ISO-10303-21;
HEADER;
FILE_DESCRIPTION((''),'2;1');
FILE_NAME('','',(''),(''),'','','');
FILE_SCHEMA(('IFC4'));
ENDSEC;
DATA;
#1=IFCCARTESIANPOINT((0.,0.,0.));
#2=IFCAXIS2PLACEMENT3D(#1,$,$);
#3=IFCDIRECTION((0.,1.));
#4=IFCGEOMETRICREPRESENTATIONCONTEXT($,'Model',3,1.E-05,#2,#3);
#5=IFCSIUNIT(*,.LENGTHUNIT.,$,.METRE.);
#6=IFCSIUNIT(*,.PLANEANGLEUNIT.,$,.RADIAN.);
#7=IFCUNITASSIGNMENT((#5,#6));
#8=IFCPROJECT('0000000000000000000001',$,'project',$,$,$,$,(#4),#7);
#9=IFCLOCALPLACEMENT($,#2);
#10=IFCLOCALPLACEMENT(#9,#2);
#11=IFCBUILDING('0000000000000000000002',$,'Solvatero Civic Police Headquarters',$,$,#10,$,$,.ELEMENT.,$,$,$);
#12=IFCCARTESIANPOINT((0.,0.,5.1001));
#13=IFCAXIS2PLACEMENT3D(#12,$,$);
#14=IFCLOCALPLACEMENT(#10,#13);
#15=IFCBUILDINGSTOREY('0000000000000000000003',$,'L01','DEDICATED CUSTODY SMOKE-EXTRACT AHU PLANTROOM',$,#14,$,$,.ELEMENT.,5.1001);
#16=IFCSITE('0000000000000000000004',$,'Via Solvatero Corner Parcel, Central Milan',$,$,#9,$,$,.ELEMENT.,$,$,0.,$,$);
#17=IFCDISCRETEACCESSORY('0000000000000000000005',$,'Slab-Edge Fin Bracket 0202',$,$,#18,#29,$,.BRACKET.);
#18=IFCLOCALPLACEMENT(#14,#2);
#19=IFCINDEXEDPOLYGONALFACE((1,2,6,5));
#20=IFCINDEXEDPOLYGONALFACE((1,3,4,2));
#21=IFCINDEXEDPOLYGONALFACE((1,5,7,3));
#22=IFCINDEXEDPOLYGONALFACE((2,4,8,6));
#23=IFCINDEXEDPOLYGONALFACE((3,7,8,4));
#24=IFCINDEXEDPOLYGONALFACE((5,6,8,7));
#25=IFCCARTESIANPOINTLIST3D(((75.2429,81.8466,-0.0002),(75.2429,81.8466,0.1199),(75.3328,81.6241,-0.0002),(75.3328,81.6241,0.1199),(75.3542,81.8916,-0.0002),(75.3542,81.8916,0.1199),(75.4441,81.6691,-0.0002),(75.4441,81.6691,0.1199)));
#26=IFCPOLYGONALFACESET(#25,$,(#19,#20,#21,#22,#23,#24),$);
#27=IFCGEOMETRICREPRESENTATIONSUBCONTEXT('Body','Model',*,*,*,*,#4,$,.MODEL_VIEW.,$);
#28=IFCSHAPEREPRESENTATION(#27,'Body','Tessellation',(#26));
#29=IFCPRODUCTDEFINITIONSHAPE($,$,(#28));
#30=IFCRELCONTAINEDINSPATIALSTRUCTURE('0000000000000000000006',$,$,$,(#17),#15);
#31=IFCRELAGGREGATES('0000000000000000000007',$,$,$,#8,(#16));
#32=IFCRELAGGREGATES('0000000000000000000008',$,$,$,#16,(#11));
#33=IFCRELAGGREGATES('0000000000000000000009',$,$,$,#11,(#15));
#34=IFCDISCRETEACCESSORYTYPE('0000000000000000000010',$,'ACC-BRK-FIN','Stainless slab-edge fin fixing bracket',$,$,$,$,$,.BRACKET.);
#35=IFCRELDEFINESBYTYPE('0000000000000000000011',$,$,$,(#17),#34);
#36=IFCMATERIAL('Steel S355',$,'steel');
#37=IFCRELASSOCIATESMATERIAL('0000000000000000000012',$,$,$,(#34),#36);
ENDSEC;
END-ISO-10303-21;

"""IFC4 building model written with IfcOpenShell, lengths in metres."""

from ifc_helpers import new_model, si_unit, direction, frame, origin, origin_2d, place, context, subcontext, project, spatial, rectangle, extrude, material, type_object, element, save


model = new_model("IFC4")

# Units and contexts
model_context = context("Model", 3, precision=1e-05, world=origin(), true_north=direction((0.0, 1.0)))
body_context = subcontext(model_context, "Body", "Model", "MODEL_VIEW")
ifc_project = project(units=[si_unit("LENGTHUNIT", "METRE"), si_unit("PLANEANGLEUNIT", "RADIAN")], contexts=[model_context])

# Site, building, storey
site_placement = place(None, origin())
site = spatial("IfcSite", under=ifc_project, at=site_placement, Name="Via Solvatero Corner Parcel, Central Milan", CompositionType="ELEMENT", RefElevation=0.0)
building_placement = place(site_placement, origin())
building = spatial("IfcBuilding", under=site, at=building_placement, Name="Solvatero Civic Police Headquarters", CompositionType="ELEMENT")
storey_placement = place(building_placement, frame((0.0, 0.0, 5.1001)))
storey = spatial("IfcBuildingStorey", under=building, at=storey_placement, Name="L01", Description="DEDICATED CUSTODY SMOKE-EXTRACT AHU PLANTROOM", CompositionType="ELEMENT", Elevation=5.1001)

# Shared definitions
ifc_material_1 = material(Name="Steel S355", Category="steel")

# Discrete accessory
discrete_accessory_type = type_object("IfcDiscreteAccessoryType", Name="ACC-BRK-FIN", Description="Stainless slab-edge fin fixing bracket", PredefinedType="BRACKET", material=ifc_material_1)
for number, where, z_axis, x_axis, name in (
    (1, (75.3435, 81.7578, -0.0002), (0.0, 0.0, 1.0), (-0.927184, -0.374607, 0.0), "Slab-Edge Fin Bracket 0202"),
):
    element("IfcDiscreteAccessory", number, at=place(storey_placement, frame(where, z_axis=z_axis, x_axis=x_axis)), inside=storey, type_object=discrete_accessory_type, Name=name, PredefinedType="BRACKET", context=body_context, shape_type="SweptSolid", body=[
        extrude(rectangle(XDim=0.1201, YDim=0.24, at=origin_2d()), origin(), (0.0, 0.0, 1.0), 0.1201),
    ])

save(model, "model.ifc")
